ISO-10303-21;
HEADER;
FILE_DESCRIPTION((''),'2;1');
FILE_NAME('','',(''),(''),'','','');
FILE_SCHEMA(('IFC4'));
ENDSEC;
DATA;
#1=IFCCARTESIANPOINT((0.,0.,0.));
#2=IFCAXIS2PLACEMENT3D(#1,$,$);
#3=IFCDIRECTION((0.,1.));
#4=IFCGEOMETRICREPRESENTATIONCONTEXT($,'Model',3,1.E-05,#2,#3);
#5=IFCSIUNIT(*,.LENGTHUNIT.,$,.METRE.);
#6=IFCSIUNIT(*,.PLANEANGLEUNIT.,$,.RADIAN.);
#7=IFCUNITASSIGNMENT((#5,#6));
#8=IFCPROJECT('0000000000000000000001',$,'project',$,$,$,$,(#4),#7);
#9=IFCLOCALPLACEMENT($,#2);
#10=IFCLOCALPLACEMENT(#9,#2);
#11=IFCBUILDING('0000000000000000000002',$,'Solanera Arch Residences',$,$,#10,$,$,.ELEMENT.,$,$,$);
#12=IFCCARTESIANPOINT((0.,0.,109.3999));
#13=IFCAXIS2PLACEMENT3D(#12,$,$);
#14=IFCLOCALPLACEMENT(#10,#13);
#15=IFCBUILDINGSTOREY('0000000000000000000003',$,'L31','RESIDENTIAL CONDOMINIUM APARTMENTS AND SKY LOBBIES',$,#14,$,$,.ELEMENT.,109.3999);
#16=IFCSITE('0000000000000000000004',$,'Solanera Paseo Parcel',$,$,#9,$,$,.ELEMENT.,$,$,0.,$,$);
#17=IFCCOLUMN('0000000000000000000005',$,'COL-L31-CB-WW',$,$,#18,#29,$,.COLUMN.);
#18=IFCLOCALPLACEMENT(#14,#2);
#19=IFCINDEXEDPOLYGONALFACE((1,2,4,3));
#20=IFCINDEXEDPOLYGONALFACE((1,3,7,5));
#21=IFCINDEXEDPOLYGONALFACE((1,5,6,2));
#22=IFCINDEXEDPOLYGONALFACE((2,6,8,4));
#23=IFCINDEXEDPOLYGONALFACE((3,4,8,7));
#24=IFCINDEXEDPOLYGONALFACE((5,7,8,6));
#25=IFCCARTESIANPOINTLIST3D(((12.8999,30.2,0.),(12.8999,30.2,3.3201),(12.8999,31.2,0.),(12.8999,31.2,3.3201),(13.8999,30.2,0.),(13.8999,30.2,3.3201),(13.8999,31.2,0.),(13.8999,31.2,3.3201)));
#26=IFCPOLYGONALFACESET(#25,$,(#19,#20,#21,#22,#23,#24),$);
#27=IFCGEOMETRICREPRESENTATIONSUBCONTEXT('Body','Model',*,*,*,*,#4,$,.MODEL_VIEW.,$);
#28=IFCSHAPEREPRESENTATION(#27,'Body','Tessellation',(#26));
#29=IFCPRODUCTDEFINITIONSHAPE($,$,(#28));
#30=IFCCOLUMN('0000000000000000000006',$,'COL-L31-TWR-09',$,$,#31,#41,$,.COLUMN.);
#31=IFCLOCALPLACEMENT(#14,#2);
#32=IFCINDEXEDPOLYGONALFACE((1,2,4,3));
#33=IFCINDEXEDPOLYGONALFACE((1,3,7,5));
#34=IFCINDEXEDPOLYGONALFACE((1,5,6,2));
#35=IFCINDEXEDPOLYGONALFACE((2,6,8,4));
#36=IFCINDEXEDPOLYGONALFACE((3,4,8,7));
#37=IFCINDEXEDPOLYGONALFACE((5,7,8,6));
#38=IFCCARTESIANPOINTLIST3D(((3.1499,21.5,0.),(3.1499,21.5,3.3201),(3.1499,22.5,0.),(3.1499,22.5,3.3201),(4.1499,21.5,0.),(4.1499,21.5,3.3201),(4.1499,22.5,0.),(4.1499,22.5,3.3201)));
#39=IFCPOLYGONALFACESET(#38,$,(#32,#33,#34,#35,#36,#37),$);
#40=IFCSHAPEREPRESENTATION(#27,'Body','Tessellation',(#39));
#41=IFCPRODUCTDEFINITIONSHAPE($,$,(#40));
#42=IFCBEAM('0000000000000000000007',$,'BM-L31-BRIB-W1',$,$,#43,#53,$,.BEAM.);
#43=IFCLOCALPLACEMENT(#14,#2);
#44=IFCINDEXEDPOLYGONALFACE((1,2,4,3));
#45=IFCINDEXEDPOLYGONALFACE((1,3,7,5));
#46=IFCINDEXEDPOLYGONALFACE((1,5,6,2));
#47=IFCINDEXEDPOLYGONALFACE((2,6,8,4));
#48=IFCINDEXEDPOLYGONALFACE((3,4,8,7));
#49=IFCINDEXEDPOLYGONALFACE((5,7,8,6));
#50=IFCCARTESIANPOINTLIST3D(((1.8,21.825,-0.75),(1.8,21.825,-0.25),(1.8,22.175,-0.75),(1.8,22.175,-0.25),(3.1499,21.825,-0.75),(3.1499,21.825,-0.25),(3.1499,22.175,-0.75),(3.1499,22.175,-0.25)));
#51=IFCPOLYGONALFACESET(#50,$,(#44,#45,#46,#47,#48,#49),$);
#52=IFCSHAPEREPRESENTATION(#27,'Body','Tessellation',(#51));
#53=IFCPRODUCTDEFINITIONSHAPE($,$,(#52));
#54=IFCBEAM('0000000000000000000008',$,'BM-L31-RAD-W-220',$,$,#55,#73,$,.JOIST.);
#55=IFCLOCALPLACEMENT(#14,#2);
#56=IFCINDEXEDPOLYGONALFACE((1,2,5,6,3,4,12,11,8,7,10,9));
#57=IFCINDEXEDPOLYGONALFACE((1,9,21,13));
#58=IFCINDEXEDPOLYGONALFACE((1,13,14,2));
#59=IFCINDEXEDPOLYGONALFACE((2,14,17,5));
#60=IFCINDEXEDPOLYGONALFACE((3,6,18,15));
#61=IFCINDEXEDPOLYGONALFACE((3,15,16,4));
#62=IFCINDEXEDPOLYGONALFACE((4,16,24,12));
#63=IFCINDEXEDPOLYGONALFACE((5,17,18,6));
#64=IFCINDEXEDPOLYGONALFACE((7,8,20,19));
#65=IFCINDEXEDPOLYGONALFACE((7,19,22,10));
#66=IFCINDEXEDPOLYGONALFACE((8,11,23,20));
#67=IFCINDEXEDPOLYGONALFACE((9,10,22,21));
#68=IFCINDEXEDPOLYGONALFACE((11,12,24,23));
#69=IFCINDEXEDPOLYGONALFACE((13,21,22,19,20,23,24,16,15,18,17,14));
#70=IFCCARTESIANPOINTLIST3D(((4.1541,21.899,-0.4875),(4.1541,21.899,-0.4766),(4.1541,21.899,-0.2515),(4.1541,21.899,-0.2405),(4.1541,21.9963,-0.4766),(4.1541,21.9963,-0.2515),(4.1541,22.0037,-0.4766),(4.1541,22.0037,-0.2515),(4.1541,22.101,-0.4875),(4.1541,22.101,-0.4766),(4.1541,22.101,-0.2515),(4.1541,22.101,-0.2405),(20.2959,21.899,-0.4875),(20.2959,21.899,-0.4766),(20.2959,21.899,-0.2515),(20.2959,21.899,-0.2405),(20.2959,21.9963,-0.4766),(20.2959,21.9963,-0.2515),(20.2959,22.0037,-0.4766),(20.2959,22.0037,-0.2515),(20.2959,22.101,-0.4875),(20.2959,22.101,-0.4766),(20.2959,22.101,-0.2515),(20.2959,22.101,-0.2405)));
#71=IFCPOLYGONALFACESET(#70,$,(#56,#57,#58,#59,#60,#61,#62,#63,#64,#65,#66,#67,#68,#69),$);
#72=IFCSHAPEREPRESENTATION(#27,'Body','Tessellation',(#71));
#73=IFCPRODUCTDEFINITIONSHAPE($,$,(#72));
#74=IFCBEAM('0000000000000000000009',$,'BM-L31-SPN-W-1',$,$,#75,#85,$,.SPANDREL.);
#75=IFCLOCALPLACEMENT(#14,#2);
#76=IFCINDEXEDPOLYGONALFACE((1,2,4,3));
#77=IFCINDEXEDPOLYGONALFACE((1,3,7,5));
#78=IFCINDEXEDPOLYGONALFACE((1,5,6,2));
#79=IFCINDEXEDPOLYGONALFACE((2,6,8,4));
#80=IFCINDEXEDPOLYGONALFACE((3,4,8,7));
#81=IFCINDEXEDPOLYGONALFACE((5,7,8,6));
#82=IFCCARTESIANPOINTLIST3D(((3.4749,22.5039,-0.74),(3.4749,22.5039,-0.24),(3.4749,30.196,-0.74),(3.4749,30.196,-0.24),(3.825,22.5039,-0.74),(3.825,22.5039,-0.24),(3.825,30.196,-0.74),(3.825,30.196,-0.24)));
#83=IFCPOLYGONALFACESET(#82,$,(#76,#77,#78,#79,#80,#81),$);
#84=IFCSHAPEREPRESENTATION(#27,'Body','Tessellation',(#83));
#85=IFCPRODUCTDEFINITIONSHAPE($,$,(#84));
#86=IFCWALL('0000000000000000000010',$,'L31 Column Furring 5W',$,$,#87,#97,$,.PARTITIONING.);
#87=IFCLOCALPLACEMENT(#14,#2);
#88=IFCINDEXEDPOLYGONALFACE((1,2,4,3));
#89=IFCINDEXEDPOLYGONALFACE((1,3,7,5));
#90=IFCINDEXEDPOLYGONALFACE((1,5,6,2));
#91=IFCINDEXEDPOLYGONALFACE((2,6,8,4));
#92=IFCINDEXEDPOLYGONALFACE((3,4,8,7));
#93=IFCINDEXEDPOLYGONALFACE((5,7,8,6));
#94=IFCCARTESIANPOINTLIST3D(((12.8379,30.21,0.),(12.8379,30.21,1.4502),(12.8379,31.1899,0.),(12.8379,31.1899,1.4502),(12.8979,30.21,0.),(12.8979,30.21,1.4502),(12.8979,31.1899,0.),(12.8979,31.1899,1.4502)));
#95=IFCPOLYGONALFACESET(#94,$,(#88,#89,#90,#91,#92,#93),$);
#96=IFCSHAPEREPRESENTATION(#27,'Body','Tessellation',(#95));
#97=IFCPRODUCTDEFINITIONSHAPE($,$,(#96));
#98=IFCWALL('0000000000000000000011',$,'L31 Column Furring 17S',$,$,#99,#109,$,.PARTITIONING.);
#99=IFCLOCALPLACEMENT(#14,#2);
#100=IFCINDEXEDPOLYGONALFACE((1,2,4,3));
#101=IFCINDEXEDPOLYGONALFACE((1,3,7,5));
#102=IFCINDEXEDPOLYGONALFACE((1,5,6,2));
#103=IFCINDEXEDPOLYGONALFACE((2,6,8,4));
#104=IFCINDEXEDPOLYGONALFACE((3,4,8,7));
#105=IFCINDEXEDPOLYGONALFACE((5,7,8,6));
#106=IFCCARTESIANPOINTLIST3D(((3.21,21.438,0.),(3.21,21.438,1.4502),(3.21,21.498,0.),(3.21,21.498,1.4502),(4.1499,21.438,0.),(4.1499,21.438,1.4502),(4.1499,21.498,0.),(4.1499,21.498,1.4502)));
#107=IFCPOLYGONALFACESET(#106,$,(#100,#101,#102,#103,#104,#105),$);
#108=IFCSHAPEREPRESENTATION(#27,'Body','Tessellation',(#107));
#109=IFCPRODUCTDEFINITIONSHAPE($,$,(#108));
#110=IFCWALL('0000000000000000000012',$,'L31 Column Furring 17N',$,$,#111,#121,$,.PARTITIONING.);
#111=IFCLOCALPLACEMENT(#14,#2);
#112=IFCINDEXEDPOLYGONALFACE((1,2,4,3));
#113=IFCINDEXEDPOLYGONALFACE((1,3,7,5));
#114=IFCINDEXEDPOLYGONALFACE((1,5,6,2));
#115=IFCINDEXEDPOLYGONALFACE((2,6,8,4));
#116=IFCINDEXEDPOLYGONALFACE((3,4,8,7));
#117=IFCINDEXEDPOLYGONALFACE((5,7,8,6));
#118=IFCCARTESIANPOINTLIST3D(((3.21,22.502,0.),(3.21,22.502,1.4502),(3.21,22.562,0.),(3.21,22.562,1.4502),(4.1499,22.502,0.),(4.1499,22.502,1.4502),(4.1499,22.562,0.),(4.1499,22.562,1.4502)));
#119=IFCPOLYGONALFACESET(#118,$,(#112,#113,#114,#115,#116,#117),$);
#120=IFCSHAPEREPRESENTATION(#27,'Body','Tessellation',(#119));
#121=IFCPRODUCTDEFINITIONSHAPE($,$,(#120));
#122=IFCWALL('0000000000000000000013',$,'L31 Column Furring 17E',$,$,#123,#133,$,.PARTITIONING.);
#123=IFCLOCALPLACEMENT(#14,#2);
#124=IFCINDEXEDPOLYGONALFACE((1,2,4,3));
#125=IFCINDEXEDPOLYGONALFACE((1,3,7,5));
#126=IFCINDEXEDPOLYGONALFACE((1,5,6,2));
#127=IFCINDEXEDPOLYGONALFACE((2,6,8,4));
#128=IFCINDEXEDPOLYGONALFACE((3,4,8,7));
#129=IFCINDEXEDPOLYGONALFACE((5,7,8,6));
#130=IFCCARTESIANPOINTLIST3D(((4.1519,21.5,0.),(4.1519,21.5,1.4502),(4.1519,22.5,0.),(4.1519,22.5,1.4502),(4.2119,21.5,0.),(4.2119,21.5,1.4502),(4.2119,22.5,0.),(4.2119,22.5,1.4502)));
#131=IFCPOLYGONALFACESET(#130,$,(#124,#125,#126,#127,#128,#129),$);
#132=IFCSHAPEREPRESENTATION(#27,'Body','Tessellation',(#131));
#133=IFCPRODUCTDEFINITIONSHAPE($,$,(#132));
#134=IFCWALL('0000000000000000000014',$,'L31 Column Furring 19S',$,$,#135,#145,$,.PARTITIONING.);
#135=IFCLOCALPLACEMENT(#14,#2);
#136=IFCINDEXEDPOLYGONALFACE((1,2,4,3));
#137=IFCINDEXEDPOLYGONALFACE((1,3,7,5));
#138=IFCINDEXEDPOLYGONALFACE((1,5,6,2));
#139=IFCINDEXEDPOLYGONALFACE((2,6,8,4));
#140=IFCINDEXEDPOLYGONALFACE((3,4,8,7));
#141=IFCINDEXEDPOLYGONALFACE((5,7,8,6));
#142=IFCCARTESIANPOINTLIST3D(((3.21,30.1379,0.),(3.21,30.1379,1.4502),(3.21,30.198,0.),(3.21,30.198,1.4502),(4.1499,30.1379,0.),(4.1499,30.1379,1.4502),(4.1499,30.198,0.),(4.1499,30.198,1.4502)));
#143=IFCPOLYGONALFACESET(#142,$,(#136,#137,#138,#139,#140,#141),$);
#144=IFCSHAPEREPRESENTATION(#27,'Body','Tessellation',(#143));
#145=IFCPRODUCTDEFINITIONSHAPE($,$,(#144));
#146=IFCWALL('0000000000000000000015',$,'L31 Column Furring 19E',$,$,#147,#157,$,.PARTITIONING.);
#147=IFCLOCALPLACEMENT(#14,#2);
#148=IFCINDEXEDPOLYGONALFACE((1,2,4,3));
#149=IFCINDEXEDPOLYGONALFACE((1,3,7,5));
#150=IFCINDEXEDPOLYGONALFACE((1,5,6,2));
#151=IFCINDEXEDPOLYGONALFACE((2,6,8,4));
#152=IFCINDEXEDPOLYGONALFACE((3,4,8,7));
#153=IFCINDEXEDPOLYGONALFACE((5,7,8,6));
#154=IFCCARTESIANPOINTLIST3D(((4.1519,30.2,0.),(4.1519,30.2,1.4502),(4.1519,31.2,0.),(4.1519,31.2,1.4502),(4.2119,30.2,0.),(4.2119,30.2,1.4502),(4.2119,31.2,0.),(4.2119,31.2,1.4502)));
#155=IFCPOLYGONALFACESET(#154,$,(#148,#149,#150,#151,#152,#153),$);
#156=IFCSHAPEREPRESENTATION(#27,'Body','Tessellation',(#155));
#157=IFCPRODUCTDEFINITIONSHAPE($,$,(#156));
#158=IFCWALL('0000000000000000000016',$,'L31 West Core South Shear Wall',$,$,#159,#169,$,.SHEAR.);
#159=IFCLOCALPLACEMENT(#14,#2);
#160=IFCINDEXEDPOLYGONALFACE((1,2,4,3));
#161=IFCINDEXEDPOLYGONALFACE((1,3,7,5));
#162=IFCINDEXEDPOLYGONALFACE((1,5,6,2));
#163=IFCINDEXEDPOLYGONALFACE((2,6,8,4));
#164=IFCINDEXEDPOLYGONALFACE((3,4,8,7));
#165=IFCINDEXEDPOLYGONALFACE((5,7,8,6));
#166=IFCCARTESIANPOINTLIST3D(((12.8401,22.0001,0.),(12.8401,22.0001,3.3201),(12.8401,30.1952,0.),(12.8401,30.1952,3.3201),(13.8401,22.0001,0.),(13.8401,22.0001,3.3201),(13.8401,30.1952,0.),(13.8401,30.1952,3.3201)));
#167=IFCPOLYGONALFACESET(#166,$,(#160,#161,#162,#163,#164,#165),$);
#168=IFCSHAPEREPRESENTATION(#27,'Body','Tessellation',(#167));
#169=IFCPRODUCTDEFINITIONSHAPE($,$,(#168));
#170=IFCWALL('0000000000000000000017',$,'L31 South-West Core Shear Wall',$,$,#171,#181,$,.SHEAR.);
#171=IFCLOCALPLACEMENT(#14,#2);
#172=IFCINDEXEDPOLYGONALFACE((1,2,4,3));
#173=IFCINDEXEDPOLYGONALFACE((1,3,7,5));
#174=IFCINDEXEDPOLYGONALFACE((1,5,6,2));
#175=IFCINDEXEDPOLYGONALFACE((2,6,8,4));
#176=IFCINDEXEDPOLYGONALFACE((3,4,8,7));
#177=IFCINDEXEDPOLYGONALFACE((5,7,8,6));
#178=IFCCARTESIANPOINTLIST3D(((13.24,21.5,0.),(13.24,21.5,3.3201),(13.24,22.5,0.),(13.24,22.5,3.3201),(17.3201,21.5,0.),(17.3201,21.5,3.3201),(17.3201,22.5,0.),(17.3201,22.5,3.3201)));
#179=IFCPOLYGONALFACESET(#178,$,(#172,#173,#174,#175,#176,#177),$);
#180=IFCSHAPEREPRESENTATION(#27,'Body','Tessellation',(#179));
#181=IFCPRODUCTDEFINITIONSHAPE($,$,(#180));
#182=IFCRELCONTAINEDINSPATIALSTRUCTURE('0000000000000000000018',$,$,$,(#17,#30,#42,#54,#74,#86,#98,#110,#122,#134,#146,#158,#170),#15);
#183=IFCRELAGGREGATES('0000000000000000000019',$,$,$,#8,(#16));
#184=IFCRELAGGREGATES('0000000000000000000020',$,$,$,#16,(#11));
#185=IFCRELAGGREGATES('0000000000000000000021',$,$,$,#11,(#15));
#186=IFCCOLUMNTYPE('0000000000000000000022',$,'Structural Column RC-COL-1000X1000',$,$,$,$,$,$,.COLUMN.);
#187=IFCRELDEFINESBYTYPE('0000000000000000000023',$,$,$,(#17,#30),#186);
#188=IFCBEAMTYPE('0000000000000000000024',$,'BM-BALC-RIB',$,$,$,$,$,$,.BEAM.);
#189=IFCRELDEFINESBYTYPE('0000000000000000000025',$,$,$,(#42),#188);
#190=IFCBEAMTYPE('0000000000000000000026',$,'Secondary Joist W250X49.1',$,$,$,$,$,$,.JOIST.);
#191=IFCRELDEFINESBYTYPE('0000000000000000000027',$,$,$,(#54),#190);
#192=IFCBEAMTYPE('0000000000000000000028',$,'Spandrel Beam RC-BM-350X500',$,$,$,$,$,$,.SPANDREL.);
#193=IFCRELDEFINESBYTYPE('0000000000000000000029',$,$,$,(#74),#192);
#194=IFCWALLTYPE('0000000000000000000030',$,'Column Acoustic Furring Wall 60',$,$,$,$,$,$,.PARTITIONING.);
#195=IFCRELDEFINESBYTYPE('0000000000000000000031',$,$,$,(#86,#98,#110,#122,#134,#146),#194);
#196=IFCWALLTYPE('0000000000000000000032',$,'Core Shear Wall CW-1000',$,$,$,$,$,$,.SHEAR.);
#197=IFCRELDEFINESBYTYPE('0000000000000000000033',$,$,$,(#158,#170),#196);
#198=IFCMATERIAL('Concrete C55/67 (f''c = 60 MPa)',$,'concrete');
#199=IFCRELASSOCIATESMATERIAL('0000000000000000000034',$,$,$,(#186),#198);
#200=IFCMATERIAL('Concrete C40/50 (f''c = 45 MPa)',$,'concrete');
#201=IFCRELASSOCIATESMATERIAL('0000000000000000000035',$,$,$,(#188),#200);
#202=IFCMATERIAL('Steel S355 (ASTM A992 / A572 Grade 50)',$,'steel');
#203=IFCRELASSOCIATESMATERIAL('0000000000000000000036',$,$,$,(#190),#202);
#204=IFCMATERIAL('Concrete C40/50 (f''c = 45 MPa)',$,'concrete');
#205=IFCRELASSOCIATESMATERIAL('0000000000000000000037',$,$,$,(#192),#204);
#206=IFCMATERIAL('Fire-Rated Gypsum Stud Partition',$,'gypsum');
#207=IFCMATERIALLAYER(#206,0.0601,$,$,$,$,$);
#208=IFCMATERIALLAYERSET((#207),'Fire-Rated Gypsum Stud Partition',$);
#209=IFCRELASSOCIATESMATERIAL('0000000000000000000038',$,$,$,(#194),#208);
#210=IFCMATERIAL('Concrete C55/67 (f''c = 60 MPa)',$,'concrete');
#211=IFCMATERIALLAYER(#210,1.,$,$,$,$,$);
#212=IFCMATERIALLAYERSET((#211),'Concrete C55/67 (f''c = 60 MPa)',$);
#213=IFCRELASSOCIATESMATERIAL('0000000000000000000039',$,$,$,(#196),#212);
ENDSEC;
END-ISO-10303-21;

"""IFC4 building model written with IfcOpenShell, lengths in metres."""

from ifc_helpers import new_model, si_unit, direction, frame, frame_2d, origin, origin_2d, place, context, subcontext, project, spatial, rectangle, i_section, extrude, material, layer, layer_set, material_profile, profile_set, type_object, element, save


model = new_model("IFC4")

# Units and contexts
model_context = context("Model", 3, precision=1e-05, world=origin(), true_north=direction((0.0, 1.0)))
body_context = subcontext(model_context, "Body", "Model", "MODEL_VIEW")
ifc_project = project(units=[si_unit("LENGTHUNIT", "METRE"), si_unit("PLANEANGLEUNIT", "RADIAN")], contexts=[model_context])

# Site, building, storey
site_placement = place(None, origin())
site = spatial("IfcSite", under=ifc_project, at=site_placement, Name="Solanera Paseo Parcel", CompositionType="ELEMENT", RefElevation=0.0)
building_placement = place(site_placement, origin())
building = spatial("IfcBuilding", under=site, at=building_placement, Name="Solanera Arch Residences", CompositionType="ELEMENT")
storey_placement = place(building_placement, frame((0.0, 0.0, 109.3999)))
storey = spatial("IfcBuildingStorey", under=building, at=storey_placement, Name="L31", Description="RESIDENTIAL CONDOMINIUM APARTMENTS AND SKY LOBBIES", CompositionType="ELEMENT", Elevation=109.3999)

# Columns
ifc_material_1 = material(Name="Concrete C55/67 (f'c = 60 MPa)", Category="concrete")
ifc_material_profile_1 = material_profile(ifc_material_1, rectangle(XDim=1.0, YDim=1.0, at=origin_2d()))
ifc_profile_set_1 = profile_set([ifc_material_profile_1], Name="Concrete C55/67 (f'c = 60 MPa)")
column_type = type_object("IfcColumnType", Name="Structural Column RC-COL-1000X1000", PredefinedType="COLUMN", material=ifc_profile_set_1)
for number, where, z_axis, x_axis, name in (
    (1, (13.3999, 30.7, 0.0), (0.0, 0.0, 1.0), (1.0, 0.0, 0.0), "COL-L31-CB-WW"),
    (2, (3.6499, 22.0, 0.0), (0.0, 0.0, 1.0), (1.0, 0.0, 0.0), "COL-L31-TWR-09"),
):
    element("IfcColumn", number, at=place(storey_placement, frame(where, z_axis=z_axis, x_axis=x_axis)), inside=storey, type_object=column_type, Name=name, PredefinedType="COLUMN", context=body_context, shape_type="SweptSolid", body=[
        extrude(rectangle(XDim=1.0, YDim=1.0, at=origin_2d()), origin(), (0.0, 0.0, 1.0), 3.3201),
    ])

# Beams
ifc_material_2 = material(Name="Concrete C40/50 (f'c = 45 MPa)", Category="concrete")
ifc_material_profile_2 = material_profile(ifc_material_2, rectangle(XDim=0.3501, YDim=0.5, at=origin_2d()))
ifc_profile_set_2 = profile_set([ifc_material_profile_2], Name="Concrete C40/50 (f'c = 45 MPa)")
beam_type_1 = type_object("IfcBeamType", Name="BM-BALC-RIB", PredefinedType="BEAM", material=ifc_profile_set_2)
beam_1_placement = place(storey_placement, frame((1.8, 22.0, -0.5), z_axis=(1.0, 0.0, 0.0), x_axis=(0.0, 1.0, 0.0)))
element("IfcBeam", 3, at=beam_1_placement, inside=storey, type_object=beam_type_1, Name="BM-L31-BRIB-W1", PredefinedType="BEAM", context=body_context, shape_type="SweptSolid", body=[
    extrude(rectangle(XDim=0.3501, YDim=0.5, at=origin_2d()), origin(), (0.0, 0.0, 1.0), 1.3499),
])
ifc_material_3 = material(Name="Steel S355 (ASTM A992 / A572 Grade 50)", Category="steel")
ifc_material_profile_3 = material_profile(ifc_material_3, i_section(OverallWidth=0.2019, OverallDepth=0.2471, WebThickness=0.0073, FlangeThickness=0.011, at=origin_2d()))
ifc_profile_set_3 = profile_set([ifc_material_profile_3], Name="Steel S355 (ASTM A992 / A572 Grade 50)")
beam_type_2 = type_object("IfcBeamType", Name="Secondary Joist W250X49.1", PredefinedType="JOIST", material=ifc_profile_set_3)
beam_2_placement = place(storey_placement, frame((4.1541, 22.0, -0.364), z_axis=(1.0, 0.0, 0.0), x_axis=(0.0, 1.0, 0.0)))
element("IfcBeam", 4, at=beam_2_placement, inside=storey, type_object=beam_type_2, Name="BM-L31-RAD-W-220", PredefinedType="JOIST", context=body_context, shape_type="SweptSolid", body=[
    extrude(i_section(OverallWidth=0.2019, OverallDepth=0.2471, WebThickness=0.0073, FlangeThickness=0.011, at=origin_2d()), origin(), (0.0, 0.0, 1.0), 16.1418),
])
ifc_material_4 = material(Name="Concrete C40/50 (f'c = 45 MPa)", Category="concrete")
ifc_material_profile_4 = material_profile(ifc_material_4, rectangle(XDim=0.3501, YDim=0.5, at=origin_2d()))
ifc_profile_set_4 = profile_set([ifc_material_profile_4], Name="Concrete C40/50 (f'c = 45 MPa)")
beam_type_3 = type_object("IfcBeamType", Name="Spandrel Beam RC-BM-350X500", PredefinedType="SPANDREL", material=ifc_profile_set_4)
beam_3_placement = place(storey_placement, frame((3.6499, 22.5039, -0.49), z_axis=(0.0, 1.0, 0.0), x_axis=(-1.0, 0.0, 0.0)))
element("IfcBeam", 5, at=beam_3_placement, inside=storey, type_object=beam_type_3, Name="BM-L31-SPN-W-1", PredefinedType="SPANDREL", context=body_context, shape_type="SweptSolid", body=[
    extrude(rectangle(XDim=0.3501, YDim=0.5, at=origin_2d()), origin(), (0.0, 0.0, 1.0), 7.6921),
])

# Walls
ifc_material_5 = material(Name="Fire-Rated Gypsum Stud Partition", Category="gypsum")
ifc_layer_1 = layer(ifc_material_5, 0.0601)
ifc_layer_set_1 = layer_set([ifc_layer_1], Name="Fire-Rated Gypsum Stud Partition")
wall_type_1 = type_object("IfcWallType", Name="Column Acoustic Furring Wall 60", PredefinedType="PARTITIONING", material=ifc_layer_set_1)
wall_1_placement = place(storey_placement, frame((12.8679, 30.21, 0.0), z_axis=(0.0, 0.0, 1.0), x_axis=(0.0, 1.0, 0.0)))
element("IfcWall", 6, at=wall_1_placement, inside=storey, type_object=wall_type_1, Name="L31 Column Furring 5W", PredefinedType="PARTITIONING", context=body_context, shape_type="SweptSolid", body=[
    extrude(rectangle(XDim=0.98, YDim=0.0601, at=frame_2d((0.49, 0.0))), origin(), (0.0, 0.0, 1.0), 1.4502),
])
for number, where, z_axis, x_axis, name in (
    (7, (3.21, 21.468, 0.0), (0.0, 0.0, 1.0), (1.0, 0.0, 0.0), "L31 Column Furring 17S"),
    (8, (3.21, 22.532, 0.0), (0.0, 0.0, 1.0), (1.0, 0.0, 0.0), "L31 Column Furring 17N"),
):
    element("IfcWall", number, at=place(storey_placement, frame(where, z_axis=z_axis, x_axis=x_axis)), inside=storey, type_object=wall_type_1, Name=name, PredefinedType="PARTITIONING", context=body_context, shape_type="SweptSolid", body=[
        extrude(rectangle(XDim=0.9399, YDim=0.0601, at=frame_2d((0.47, 0.0))), origin(), (0.0, 0.0, 1.0), 1.4502),
    ])
wall_2_placement = place(storey_placement, frame((4.1819, 21.5, 0.0), z_axis=(0.0, 0.0, 1.0), x_axis=(0.0, 1.0, 0.0)))
element("IfcWall", 9, at=wall_2_placement, inside=storey, type_object=wall_type_1, Name="L31 Column Furring 17E", PredefinedType="PARTITIONING", context=body_context, shape_type="SweptSolid", body=[
    extrude(rectangle(XDim=1.0, YDim=0.0601, at=frame_2d((0.5, 0.0))), origin(), (0.0, 0.0, 1.0), 1.4502),
])
wall_3_placement = place(storey_placement, frame((3.21, 30.168, 0.0), z_axis=(0.0, 0.0, 1.0), x_axis=(1.0, 0.0, 0.0)))
element("IfcWall", 10, at=wall_3_placement, inside=storey, type_object=wall_type_1, Name="L31 Column Furring 19S", PredefinedType="PARTITIONING", context=body_context, shape_type="SweptSolid", body=[
    extrude(rectangle(XDim=0.9399, YDim=0.0601, at=frame_2d((0.47, 0.0))), origin(), (0.0, 0.0, 1.0), 1.4502),
])
wall_4_placement = place(storey_placement, frame((4.1819, 30.2, 0.0), z_axis=(0.0, 0.0, 1.0), x_axis=(0.0, 1.0, 0.0)))
element("IfcWall", 11, at=wall_4_placement, inside=storey, type_object=wall_type_1, Name="L31 Column Furring 19E", PredefinedType="PARTITIONING", context=body_context, shape_type="SweptSolid", body=[
    extrude(rectangle(XDim=1.0, YDim=0.0601, at=frame_2d((0.5, 0.0))), origin(), (0.0, 0.0, 1.0), 1.4502),
])
ifc_material_6 = material(Name="Concrete C55/67 (f'c = 60 MPa)", Category="concrete")
ifc_layer_2 = layer(ifc_material_6, 1.0)
ifc_layer_set_2 = layer_set([ifc_layer_2], Name="Concrete C55/67 (f'c = 60 MPa)")
wall_type_2 = type_object("IfcWallType", Name="Core Shear Wall CW-1000", PredefinedType="SHEAR", material=ifc_layer_set_2)
wall_5_placement = place(storey_placement, frame((13.3401, 22.0, 0.0), z_axis=(0.0, 0.0, 1.0), x_axis=(0.0, 1.0, 0.0)))
element("IfcWall", 12, at=wall_5_placement, inside=storey, type_object=wall_type_2, Name="L31 West Core South Shear Wall", PredefinedType="SHEAR", context=body_context, shape_type="SweptSolid", body=[
    extrude(rectangle(XDim=8.1951, YDim=1.0, at=frame_2d((4.0977, 0.0))), origin(), (0.0, 0.0, 1.0), 3.3201),
])
wall_6_placement = place(storey_placement, frame((13.24, 22.0, 0.0), z_axis=(0.0, 0.0, 1.0), x_axis=(1.0, 0.0, 0.0)))
element("IfcWall", 13, at=wall_6_placement, inside=storey, type_object=wall_type_2, Name="L31 South-West Core Shear Wall", PredefinedType="SHEAR", context=body_context, shape_type="SweptSolid", body=[
    extrude(rectangle(XDim=4.0801, YDim=1.0, at=frame_2d((2.04, 0.0))), origin(), (0.0, 0.0, 1.0), 3.3201),
])

save(model, "model.ifc")
